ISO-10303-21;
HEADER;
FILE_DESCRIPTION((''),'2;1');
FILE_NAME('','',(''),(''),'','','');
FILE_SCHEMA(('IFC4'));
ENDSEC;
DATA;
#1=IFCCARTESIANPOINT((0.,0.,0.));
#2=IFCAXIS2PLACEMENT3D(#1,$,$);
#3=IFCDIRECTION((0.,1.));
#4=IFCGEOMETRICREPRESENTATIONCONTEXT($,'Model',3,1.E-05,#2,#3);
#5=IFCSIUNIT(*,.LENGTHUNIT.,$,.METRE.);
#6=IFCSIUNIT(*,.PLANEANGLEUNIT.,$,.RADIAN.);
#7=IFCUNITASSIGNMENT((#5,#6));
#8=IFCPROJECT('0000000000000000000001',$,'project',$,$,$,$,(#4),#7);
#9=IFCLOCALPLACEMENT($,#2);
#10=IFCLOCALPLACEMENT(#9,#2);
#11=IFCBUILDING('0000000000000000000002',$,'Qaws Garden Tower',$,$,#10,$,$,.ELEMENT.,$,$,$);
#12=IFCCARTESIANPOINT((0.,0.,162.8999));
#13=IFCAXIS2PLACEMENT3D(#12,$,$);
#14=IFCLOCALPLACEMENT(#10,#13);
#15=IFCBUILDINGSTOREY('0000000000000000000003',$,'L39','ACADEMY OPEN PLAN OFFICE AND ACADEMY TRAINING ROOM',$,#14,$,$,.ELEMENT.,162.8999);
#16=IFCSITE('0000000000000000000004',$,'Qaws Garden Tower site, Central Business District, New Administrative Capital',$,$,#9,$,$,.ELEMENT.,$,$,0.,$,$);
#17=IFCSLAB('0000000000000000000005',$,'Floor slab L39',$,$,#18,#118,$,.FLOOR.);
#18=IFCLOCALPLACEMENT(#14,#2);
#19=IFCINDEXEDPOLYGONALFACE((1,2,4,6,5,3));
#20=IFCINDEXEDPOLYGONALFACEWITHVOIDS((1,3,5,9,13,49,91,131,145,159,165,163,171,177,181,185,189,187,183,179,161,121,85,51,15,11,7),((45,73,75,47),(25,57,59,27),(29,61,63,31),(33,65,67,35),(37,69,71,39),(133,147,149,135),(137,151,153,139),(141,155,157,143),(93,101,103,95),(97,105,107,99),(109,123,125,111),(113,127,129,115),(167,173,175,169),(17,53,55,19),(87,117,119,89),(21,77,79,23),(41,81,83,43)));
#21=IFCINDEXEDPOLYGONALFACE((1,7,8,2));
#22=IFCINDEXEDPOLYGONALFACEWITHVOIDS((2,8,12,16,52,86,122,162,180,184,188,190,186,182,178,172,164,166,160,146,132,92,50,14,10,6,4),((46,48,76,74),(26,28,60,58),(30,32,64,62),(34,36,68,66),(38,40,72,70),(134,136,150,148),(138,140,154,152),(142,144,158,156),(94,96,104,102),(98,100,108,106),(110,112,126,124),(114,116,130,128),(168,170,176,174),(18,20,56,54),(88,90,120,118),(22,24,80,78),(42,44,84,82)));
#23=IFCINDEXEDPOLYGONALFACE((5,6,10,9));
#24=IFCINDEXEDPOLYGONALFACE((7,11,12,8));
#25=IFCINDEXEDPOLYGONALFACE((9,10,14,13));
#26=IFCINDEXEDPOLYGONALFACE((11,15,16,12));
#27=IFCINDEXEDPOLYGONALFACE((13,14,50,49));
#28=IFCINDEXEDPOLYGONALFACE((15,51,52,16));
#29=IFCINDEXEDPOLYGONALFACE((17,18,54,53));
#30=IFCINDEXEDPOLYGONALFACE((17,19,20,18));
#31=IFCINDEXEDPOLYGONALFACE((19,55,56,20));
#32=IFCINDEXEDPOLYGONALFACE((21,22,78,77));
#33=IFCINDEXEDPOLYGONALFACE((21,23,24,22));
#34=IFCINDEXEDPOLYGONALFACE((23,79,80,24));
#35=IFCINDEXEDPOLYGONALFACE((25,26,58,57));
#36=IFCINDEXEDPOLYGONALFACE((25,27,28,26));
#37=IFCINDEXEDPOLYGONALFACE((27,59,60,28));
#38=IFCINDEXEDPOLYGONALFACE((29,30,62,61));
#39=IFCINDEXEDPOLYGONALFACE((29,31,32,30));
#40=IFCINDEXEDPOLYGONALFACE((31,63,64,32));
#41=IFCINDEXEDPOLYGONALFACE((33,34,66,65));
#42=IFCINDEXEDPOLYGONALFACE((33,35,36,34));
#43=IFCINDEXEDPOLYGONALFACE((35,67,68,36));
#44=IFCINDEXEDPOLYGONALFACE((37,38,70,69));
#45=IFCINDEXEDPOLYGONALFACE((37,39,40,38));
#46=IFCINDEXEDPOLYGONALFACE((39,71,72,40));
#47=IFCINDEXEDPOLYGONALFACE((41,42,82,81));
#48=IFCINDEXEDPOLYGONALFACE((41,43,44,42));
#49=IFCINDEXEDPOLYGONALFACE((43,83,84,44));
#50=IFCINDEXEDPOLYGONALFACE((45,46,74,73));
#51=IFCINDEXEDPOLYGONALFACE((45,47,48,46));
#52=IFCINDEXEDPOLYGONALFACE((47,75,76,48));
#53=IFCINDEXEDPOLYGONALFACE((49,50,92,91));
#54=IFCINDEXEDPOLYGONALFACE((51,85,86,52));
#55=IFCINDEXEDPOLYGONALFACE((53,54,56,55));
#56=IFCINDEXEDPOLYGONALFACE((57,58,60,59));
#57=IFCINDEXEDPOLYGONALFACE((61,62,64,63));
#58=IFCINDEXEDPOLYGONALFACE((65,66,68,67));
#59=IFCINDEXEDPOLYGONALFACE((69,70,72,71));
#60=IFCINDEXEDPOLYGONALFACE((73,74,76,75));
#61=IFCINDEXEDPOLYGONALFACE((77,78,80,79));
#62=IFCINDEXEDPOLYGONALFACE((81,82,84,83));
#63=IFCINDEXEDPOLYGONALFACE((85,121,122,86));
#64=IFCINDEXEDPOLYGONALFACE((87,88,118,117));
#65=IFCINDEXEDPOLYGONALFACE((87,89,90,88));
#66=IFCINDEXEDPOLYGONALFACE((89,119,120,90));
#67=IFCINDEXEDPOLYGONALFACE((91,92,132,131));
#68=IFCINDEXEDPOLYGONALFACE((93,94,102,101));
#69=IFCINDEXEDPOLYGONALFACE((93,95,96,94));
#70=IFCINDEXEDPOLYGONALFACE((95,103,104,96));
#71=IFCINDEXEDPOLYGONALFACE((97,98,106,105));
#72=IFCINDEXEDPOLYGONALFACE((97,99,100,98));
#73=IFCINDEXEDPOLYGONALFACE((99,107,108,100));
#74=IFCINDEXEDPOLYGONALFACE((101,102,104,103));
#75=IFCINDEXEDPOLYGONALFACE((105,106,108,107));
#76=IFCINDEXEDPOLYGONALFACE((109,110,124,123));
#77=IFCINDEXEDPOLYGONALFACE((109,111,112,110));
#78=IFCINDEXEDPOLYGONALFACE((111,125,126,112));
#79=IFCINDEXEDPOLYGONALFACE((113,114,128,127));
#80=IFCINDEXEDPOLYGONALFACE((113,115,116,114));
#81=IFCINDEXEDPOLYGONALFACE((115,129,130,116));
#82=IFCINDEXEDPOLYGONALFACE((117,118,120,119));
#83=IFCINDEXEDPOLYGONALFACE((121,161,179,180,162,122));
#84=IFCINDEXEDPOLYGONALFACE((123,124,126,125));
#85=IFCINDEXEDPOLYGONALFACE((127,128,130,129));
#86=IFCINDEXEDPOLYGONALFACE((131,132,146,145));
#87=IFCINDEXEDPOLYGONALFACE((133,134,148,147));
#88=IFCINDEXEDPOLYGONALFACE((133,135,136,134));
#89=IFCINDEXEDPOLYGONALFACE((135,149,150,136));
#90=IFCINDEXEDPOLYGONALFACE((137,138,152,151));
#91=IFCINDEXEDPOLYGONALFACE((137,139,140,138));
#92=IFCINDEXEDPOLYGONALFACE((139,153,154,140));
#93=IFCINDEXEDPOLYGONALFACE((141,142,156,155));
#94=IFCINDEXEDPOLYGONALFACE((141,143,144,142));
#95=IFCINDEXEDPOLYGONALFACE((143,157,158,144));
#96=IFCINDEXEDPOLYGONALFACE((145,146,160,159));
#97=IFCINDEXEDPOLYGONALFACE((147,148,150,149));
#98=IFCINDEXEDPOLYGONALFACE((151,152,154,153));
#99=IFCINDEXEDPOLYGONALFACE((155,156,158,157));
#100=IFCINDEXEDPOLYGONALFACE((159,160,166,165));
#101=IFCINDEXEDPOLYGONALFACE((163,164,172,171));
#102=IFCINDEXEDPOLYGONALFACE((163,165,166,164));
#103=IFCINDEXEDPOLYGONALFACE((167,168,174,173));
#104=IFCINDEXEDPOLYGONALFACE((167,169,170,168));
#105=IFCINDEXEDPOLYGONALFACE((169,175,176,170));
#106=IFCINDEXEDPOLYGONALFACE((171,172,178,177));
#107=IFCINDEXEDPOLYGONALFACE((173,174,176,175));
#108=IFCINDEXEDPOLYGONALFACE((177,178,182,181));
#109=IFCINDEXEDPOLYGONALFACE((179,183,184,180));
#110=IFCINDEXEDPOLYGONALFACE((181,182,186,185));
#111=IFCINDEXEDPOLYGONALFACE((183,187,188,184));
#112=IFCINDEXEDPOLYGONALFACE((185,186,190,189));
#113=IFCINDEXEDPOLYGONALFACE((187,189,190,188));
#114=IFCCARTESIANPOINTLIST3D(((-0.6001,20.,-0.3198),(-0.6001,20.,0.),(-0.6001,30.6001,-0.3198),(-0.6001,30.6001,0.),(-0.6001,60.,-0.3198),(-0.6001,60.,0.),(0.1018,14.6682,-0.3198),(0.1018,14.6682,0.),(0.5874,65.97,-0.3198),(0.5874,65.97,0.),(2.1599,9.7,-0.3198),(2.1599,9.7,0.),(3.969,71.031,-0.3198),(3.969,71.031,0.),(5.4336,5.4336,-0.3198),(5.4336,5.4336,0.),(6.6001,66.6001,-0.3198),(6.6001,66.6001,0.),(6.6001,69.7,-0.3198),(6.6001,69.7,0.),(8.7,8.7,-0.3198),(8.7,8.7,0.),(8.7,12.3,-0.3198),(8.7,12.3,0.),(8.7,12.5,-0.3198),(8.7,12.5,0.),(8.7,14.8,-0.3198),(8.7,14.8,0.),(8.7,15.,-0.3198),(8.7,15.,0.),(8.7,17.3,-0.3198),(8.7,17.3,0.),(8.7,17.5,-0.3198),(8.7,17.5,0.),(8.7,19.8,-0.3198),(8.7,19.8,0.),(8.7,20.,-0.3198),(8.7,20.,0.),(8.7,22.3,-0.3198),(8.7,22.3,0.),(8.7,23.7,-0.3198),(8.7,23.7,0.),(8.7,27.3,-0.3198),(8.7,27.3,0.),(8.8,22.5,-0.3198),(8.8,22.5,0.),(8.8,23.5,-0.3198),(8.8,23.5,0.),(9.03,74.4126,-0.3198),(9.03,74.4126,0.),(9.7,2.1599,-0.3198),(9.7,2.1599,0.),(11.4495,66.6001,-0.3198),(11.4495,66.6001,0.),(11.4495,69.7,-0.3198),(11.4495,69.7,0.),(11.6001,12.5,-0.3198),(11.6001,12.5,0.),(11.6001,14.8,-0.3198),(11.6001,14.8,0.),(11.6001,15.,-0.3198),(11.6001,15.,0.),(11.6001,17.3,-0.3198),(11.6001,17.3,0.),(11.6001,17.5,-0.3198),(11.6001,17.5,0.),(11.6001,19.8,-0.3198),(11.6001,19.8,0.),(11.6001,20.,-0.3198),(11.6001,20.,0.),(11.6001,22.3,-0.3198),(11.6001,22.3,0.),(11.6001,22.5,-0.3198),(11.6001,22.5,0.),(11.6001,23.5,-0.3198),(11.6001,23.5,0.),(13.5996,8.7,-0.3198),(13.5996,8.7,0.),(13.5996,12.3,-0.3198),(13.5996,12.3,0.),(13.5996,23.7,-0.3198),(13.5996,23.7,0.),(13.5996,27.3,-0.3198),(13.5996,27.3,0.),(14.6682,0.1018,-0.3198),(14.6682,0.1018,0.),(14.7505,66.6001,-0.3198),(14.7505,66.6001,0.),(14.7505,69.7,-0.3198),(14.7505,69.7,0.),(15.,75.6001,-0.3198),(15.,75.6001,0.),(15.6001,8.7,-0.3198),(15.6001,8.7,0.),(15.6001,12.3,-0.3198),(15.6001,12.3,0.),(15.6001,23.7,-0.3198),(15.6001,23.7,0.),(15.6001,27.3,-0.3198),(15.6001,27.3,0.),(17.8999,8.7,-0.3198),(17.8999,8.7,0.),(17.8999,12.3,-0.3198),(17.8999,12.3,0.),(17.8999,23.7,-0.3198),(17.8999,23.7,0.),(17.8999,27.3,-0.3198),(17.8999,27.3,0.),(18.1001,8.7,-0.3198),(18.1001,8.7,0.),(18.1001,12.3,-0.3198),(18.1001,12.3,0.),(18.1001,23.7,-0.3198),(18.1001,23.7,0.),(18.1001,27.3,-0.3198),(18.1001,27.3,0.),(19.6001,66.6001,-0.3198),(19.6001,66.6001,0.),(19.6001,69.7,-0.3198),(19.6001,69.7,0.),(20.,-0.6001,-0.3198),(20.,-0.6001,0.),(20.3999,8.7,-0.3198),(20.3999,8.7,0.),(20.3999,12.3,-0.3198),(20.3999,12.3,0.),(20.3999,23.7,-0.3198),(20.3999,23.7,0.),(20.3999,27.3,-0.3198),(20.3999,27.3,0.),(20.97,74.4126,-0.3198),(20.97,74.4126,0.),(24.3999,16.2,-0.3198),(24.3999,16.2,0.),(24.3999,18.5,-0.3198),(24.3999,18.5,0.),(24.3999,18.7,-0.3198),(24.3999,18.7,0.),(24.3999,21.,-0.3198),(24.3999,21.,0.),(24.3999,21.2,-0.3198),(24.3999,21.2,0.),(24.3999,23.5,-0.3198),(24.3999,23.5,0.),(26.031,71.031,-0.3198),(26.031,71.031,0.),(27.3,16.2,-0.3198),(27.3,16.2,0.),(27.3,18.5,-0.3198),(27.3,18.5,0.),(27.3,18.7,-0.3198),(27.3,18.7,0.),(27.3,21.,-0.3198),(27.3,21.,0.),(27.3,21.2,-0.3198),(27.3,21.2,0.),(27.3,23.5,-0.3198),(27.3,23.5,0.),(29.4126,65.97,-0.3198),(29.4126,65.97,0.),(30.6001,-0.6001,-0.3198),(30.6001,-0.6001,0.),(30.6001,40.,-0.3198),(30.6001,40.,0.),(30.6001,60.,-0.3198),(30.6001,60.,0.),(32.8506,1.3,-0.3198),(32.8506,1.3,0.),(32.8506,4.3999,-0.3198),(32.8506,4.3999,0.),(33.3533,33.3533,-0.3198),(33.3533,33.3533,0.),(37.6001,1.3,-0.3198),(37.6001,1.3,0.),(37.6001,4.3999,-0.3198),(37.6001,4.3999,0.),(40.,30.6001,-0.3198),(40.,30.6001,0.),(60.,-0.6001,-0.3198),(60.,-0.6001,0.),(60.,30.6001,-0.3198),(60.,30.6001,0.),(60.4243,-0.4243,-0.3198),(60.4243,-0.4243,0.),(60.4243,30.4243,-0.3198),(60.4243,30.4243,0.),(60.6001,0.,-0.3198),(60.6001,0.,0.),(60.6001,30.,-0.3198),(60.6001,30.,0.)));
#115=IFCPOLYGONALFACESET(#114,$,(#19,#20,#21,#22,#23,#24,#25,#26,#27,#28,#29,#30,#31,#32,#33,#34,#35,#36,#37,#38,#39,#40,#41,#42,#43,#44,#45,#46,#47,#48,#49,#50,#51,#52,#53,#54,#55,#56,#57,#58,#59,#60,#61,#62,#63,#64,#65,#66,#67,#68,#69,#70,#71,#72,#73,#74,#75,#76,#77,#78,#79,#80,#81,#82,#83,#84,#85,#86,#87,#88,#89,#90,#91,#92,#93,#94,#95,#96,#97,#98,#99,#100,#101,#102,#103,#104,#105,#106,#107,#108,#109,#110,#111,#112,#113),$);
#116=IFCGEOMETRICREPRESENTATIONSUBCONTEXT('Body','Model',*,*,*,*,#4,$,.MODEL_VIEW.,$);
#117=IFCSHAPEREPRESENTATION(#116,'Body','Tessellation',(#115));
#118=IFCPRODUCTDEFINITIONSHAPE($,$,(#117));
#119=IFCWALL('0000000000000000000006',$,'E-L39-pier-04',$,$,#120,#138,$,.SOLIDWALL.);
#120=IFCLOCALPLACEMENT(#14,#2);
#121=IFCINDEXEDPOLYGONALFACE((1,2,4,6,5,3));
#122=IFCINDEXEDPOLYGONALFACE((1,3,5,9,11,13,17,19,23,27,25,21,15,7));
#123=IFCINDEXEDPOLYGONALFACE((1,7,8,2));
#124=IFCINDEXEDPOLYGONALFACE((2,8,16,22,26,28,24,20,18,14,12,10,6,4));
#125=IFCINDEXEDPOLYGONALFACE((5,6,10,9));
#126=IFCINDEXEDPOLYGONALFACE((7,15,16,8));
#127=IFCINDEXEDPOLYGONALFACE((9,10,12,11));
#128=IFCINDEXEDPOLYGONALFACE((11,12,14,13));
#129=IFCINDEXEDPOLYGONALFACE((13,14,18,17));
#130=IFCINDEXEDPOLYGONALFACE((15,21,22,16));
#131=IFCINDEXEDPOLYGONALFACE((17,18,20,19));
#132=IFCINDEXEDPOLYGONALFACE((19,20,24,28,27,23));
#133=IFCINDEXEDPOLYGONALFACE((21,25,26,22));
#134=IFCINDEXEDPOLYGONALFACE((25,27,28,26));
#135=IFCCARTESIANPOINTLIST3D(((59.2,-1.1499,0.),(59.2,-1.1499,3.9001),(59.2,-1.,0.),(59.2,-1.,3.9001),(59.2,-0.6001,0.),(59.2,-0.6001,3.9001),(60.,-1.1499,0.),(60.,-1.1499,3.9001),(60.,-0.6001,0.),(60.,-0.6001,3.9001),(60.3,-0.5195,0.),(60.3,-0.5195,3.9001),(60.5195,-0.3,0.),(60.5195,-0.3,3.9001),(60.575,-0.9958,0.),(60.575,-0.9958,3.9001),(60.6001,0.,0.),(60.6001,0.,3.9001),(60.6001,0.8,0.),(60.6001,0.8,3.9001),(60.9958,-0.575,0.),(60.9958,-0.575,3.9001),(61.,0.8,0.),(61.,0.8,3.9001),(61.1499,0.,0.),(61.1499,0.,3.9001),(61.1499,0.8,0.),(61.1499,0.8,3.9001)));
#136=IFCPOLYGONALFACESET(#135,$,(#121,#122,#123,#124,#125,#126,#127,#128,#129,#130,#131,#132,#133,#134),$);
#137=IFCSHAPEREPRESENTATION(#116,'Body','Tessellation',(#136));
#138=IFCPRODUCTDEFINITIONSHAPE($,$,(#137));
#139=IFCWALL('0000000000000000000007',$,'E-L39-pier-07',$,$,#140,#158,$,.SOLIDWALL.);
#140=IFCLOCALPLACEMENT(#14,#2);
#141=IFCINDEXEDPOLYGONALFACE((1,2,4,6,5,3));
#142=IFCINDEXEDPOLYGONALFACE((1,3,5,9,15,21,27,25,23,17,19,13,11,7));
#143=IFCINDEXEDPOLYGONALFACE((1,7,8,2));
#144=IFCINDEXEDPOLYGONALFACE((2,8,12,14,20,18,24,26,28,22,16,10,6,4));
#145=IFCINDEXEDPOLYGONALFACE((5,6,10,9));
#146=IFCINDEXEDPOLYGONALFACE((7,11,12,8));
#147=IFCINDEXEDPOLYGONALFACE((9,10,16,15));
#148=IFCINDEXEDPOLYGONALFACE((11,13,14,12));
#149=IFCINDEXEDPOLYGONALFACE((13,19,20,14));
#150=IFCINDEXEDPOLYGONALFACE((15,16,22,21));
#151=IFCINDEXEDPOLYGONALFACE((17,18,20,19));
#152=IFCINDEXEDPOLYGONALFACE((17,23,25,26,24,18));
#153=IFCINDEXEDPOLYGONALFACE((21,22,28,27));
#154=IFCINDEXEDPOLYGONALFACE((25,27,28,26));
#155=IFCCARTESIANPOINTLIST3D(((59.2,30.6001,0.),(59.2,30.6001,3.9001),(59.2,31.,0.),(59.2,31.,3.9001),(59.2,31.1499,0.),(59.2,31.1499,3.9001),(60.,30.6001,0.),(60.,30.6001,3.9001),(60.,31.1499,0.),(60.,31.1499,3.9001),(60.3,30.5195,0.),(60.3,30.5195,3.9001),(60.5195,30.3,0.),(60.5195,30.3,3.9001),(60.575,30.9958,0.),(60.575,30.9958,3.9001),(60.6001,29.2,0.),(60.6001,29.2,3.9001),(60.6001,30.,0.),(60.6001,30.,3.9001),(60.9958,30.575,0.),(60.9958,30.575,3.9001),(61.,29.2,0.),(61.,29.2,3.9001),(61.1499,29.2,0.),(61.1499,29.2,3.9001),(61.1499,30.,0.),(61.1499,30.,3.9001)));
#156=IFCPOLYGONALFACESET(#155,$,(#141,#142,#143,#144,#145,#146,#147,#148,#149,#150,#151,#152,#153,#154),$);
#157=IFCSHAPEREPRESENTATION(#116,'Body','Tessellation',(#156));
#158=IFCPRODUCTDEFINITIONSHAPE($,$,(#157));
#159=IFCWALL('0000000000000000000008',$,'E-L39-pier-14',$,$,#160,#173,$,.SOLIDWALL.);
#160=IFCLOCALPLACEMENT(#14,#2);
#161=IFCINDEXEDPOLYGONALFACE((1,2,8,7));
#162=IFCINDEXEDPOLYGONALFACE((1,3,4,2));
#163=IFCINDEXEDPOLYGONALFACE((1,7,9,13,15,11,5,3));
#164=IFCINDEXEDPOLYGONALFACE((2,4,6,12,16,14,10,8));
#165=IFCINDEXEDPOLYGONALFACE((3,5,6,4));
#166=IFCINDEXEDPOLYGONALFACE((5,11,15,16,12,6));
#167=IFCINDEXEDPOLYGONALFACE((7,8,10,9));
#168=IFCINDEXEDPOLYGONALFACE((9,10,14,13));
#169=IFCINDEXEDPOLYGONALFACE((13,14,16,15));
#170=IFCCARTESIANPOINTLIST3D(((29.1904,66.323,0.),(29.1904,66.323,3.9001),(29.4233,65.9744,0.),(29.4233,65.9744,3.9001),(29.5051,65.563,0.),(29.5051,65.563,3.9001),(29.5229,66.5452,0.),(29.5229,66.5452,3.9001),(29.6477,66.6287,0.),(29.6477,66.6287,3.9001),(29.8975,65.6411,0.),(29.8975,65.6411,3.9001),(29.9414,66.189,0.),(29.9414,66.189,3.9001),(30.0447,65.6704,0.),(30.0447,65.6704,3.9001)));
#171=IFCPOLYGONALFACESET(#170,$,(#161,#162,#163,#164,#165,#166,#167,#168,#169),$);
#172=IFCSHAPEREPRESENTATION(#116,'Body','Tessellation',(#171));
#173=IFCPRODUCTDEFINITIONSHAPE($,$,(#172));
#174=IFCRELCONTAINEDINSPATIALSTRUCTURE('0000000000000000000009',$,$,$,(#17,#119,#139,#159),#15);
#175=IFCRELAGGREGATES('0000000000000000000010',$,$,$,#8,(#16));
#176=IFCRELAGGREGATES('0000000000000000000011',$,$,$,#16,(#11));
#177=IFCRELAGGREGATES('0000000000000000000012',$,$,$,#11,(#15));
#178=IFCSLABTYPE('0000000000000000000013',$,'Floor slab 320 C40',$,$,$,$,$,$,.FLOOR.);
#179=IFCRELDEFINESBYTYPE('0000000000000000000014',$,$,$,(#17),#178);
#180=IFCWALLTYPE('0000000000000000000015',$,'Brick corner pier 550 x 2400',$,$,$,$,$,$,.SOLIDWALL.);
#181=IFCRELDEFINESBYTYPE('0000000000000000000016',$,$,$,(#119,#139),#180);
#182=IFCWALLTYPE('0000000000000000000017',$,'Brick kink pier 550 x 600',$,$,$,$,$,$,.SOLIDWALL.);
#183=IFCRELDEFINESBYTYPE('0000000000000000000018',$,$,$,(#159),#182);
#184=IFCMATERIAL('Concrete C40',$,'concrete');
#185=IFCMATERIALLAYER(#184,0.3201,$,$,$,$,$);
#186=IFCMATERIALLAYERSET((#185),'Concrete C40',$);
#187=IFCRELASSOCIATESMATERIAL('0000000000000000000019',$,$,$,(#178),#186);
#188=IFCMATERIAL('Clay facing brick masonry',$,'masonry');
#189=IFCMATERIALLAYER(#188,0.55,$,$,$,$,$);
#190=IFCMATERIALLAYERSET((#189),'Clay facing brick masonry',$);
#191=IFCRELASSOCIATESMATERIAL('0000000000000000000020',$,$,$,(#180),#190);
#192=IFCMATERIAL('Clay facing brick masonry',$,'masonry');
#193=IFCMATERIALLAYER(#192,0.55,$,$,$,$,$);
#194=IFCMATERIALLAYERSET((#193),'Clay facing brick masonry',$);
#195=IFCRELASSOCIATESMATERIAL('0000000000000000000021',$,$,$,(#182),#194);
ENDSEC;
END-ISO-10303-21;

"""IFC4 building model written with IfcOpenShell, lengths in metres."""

from ifc_helpers import new_model, si_unit, direction, frame, origin, place, context, subcontext, project, spatial, polyline, outline, extrude, material, layer, layer_set, type_object, element, save


model = new_model("IFC4")

# Units and contexts
model_context = context("Model", 3, precision=1e-05, world=origin(), true_north=direction((0.0, 1.0)))
body_context = subcontext(model_context, "Body", "Model", "MODEL_VIEW")
ifc_project = project(units=[si_unit("LENGTHUNIT", "METRE"), si_unit("PLANEANGLEUNIT", "RADIAN")], contexts=[model_context])

# Site, building, storey
site_placement = place(None, origin())
site = spatial("IfcSite", under=ifc_project, at=site_placement, Name="Qaws Garden Tower site, Central Business District, New Administrative Capital", CompositionType="ELEMENT", RefElevation=0.0)
building_placement = place(site_placement, origin())
building = spatial("IfcBuilding", under=site, at=building_placement, Name="Qaws Garden Tower", CompositionType="ELEMENT")
storey_placement = place(building_placement, frame((0.0, 0.0, 162.8999)))
storey = spatial("IfcBuildingStorey", under=building, at=storey_placement, Name="L39", Description="ACADEMY OPEN PLAN OFFICE AND ACADEMY TRAINING ROOM", CompositionType="ELEMENT", Elevation=162.8999)

# Slab
ifc_material_1 = material(Name="Concrete C40", Category="concrete")
ifc_layer_1 = layer(ifc_material_1, 0.3201)
ifc_layer_set_1 = layer_set([ifc_layer_1], Name="Concrete C40")
slab_type = type_object("IfcSlabType", Name="Floor slab 320 C40", PredefinedType="FLOOR", material=ifc_layer_set_1)
slab_placement = place(storey_placement, frame((0.0, 0.0, -0.3198)))
element("IfcSlab", 1, at=slab_placement, inside=storey, type_object=slab_type, Name="Floor slab L39", PredefinedType="FLOOR", context=body_context, shape_type="SweptSolid", body=[
    extrude(outline(polyline([(0.1018, 14.6682), (-0.6001, 20.0), (-0.6001, 30.6001), (-0.6001, 60.0), (-0.6001, 60.0), (0.5874, 65.97), (3.969, 71.031), (9.03, 74.4126), (15.0, 75.6001), (20.97, 74.4126), (26.031, 71.031), (29.4126, 65.97), (30.6001, 60.0), (30.6001, 40.0), (33.3533, 33.3533), (40.0, 30.6001), (60.0, 30.6001), (60.4243, 30.4243), (60.6001, 30.0), (60.6001, 0.0), (60.4243, -0.4243), (60.0, -0.6001), (30.6001, -0.6001), (20.0, -0.6001), (14.6682, 0.1018), (9.7, 2.1599), (5.4336, 5.4336), (2.1599, 9.7), (0.1018, 14.6682)]), holes=[polyline([(13.5996, 12.3), (8.7, 12.3), (8.7, 8.7), (13.5996, 8.7), (13.5996, 12.3)]), polyline([(17.8999, 12.3), (15.6001, 12.3), (15.6001, 8.7), (17.8999, 8.7), (17.8999, 12.3)]), polyline([(11.6001, 14.8), (8.7, 14.8), (8.7, 12.5), (11.6001, 12.5), (11.6001, 14.8)]), polyline([(11.6001, 17.3), (8.7, 17.3), (8.7, 15.0), (11.6001, 15.0), (11.6001, 17.3)]), polyline([(11.6001, 19.8), (8.7, 19.8), (8.7, 17.5), (11.6001, 17.5), (11.6001, 19.8)]), polyline([(11.6001, 22.3), (8.7, 22.3), (8.7, 20.0), (11.6001, 20.0), (11.6001, 22.3)]), polyline([(11.6001, 23.5), (8.8, 23.5), (8.8, 22.5), (11.6001, 22.5), (11.6001, 23.5)]), polyline([(13.5996, 27.3), (8.7, 27.3), (8.7, 23.7), (13.5996, 23.7), (13.5996, 27.3)]), polyline([(11.4495, 69.7), (6.6001, 69.7), (6.6001, 66.6001), (11.4495, 66.6001), (11.4495, 69.7)]), polyline([(37.6001, 4.3999), (32.8506, 4.3999), (32.8506, 1.3), (37.6001, 1.3), (37.6001, 4.3999)]), polyline([(20.3999, 12.3), (18.1001, 12.3), (18.1001, 8.7), (20.3999, 8.7), (20.3999, 12.3)]), polyline([(27.3, 18.5), (24.3999, 18.5), (24.3999, 16.2), (27.3, 16.2), (27.3, 18.5)]), polyline([(27.3, 21.0), (24.3999, 21.0), (24.3999, 18.7), (27.3, 18.7), (27.3, 21.0)]), polyline([(27.3, 23.5), (24.3999, 23.5), (24.3999, 21.2), (27.3, 21.2), (27.3, 23.5)]), polyline([(17.8999, 27.3), (15.6001, 27.3), (15.6001, 23.7), (17.8999, 23.7), (17.8999, 27.3)]), polyline([(20.3999, 23.7), (20.3999, 27.3), (18.1001, 27.3), (18.1001, 23.7), (20.3999, 23.7)]), polyline([(19.6001, 66.6001), (19.6001, 69.7), (14.7505, 69.7), (14.7505, 66.6001), (19.6001, 66.6001)])]), origin(), (0.0, 0.0, 1.0), 0.3198),
])

# Walls
ifc_material_2 = material(Name="Clay facing brick masonry", Category="masonry")
ifc_layer_2 = layer(ifc_material_2, 0.55)
ifc_layer_set_2 = layer_set([ifc_layer_2], Name="Clay facing brick masonry")
wall_type_1 = type_object("IfcWallType", Name="Brick corner pier 550 x 2400", PredefinedType="SOLIDWALL", material=ifc_layer_set_2)
placement = place(storey_placement, origin())
element("IfcWall", 2, at=placement, inside=storey, type_object=wall_type_1, Name="E-L39-pier-04", PredefinedType="SOLIDWALL", context=body_context, shape_type="SweptSolid", body=[
    extrude(outline(polyline([(59.2, -1.0), (59.2, -1.1499), (60.0, -1.1499), (60.575, -0.9958), (60.9958, -0.575), (61.1499, 0.0), (61.1499, 0.8), (61.0, 0.8), (60.6001, 0.8), (60.6001, 0.0), (60.5195, -0.3), (60.3, -0.5195), (60.0, -0.6001), (59.2, -0.6001), (59.2, -1.0)])), origin(), (0.0, 0.0, 1.0), 3.9001),
])
element("IfcWall", 3, at=placement, inside=storey, type_object=wall_type_1, Name="E-L39-pier-07", PredefinedType="SOLIDWALL", context=body_context, shape_type="SweptSolid", body=[
    extrude(outline(polyline([(61.0, 29.2), (61.1499, 29.2), (61.1499, 30.0), (60.9958, 30.575), (60.575, 30.9958), (60.0, 31.1499), (59.2, 31.1499), (59.2, 31.0), (59.2, 30.6001), (60.0, 30.6001), (60.3, 30.5195), (60.5195, 30.3), (60.6001, 30.0), (60.6001, 29.2), (61.0, 29.2)])), origin(), (0.0, 0.0, 1.0), 3.9001),
])
ifc_material_3 = material(Name="Clay facing brick masonry", Category="masonry")
ifc_layer_3 = layer(ifc_material_3, 0.55)
ifc_layer_set_3 = layer_set([ifc_layer_3], Name="Clay facing brick masonry")
wall_type_2 = type_object("IfcWallType", Name="Brick kink pier 550 x 600", PredefinedType="SOLIDWALL", material=ifc_layer_set_3)
element("IfcWall", 4, at=placement, inside=storey, type_object=wall_type_2, Name="E-L39-pier-14", PredefinedType="SOLIDWALL", context=body_context, shape_type="SweptSolid", body=[
    extrude(outline(polyline([(29.8975, 65.6411), (30.0447, 65.6704), (29.9414, 66.189), (29.6477, 66.6287), (29.5229, 66.5452), (29.1904, 66.323), (29.4233, 65.9744), (29.5051, 65.563), (29.8975, 65.6411)])), origin(), (0.0, 0.0, 1.0), 3.9001),
])

save(model, "model.ifc")
